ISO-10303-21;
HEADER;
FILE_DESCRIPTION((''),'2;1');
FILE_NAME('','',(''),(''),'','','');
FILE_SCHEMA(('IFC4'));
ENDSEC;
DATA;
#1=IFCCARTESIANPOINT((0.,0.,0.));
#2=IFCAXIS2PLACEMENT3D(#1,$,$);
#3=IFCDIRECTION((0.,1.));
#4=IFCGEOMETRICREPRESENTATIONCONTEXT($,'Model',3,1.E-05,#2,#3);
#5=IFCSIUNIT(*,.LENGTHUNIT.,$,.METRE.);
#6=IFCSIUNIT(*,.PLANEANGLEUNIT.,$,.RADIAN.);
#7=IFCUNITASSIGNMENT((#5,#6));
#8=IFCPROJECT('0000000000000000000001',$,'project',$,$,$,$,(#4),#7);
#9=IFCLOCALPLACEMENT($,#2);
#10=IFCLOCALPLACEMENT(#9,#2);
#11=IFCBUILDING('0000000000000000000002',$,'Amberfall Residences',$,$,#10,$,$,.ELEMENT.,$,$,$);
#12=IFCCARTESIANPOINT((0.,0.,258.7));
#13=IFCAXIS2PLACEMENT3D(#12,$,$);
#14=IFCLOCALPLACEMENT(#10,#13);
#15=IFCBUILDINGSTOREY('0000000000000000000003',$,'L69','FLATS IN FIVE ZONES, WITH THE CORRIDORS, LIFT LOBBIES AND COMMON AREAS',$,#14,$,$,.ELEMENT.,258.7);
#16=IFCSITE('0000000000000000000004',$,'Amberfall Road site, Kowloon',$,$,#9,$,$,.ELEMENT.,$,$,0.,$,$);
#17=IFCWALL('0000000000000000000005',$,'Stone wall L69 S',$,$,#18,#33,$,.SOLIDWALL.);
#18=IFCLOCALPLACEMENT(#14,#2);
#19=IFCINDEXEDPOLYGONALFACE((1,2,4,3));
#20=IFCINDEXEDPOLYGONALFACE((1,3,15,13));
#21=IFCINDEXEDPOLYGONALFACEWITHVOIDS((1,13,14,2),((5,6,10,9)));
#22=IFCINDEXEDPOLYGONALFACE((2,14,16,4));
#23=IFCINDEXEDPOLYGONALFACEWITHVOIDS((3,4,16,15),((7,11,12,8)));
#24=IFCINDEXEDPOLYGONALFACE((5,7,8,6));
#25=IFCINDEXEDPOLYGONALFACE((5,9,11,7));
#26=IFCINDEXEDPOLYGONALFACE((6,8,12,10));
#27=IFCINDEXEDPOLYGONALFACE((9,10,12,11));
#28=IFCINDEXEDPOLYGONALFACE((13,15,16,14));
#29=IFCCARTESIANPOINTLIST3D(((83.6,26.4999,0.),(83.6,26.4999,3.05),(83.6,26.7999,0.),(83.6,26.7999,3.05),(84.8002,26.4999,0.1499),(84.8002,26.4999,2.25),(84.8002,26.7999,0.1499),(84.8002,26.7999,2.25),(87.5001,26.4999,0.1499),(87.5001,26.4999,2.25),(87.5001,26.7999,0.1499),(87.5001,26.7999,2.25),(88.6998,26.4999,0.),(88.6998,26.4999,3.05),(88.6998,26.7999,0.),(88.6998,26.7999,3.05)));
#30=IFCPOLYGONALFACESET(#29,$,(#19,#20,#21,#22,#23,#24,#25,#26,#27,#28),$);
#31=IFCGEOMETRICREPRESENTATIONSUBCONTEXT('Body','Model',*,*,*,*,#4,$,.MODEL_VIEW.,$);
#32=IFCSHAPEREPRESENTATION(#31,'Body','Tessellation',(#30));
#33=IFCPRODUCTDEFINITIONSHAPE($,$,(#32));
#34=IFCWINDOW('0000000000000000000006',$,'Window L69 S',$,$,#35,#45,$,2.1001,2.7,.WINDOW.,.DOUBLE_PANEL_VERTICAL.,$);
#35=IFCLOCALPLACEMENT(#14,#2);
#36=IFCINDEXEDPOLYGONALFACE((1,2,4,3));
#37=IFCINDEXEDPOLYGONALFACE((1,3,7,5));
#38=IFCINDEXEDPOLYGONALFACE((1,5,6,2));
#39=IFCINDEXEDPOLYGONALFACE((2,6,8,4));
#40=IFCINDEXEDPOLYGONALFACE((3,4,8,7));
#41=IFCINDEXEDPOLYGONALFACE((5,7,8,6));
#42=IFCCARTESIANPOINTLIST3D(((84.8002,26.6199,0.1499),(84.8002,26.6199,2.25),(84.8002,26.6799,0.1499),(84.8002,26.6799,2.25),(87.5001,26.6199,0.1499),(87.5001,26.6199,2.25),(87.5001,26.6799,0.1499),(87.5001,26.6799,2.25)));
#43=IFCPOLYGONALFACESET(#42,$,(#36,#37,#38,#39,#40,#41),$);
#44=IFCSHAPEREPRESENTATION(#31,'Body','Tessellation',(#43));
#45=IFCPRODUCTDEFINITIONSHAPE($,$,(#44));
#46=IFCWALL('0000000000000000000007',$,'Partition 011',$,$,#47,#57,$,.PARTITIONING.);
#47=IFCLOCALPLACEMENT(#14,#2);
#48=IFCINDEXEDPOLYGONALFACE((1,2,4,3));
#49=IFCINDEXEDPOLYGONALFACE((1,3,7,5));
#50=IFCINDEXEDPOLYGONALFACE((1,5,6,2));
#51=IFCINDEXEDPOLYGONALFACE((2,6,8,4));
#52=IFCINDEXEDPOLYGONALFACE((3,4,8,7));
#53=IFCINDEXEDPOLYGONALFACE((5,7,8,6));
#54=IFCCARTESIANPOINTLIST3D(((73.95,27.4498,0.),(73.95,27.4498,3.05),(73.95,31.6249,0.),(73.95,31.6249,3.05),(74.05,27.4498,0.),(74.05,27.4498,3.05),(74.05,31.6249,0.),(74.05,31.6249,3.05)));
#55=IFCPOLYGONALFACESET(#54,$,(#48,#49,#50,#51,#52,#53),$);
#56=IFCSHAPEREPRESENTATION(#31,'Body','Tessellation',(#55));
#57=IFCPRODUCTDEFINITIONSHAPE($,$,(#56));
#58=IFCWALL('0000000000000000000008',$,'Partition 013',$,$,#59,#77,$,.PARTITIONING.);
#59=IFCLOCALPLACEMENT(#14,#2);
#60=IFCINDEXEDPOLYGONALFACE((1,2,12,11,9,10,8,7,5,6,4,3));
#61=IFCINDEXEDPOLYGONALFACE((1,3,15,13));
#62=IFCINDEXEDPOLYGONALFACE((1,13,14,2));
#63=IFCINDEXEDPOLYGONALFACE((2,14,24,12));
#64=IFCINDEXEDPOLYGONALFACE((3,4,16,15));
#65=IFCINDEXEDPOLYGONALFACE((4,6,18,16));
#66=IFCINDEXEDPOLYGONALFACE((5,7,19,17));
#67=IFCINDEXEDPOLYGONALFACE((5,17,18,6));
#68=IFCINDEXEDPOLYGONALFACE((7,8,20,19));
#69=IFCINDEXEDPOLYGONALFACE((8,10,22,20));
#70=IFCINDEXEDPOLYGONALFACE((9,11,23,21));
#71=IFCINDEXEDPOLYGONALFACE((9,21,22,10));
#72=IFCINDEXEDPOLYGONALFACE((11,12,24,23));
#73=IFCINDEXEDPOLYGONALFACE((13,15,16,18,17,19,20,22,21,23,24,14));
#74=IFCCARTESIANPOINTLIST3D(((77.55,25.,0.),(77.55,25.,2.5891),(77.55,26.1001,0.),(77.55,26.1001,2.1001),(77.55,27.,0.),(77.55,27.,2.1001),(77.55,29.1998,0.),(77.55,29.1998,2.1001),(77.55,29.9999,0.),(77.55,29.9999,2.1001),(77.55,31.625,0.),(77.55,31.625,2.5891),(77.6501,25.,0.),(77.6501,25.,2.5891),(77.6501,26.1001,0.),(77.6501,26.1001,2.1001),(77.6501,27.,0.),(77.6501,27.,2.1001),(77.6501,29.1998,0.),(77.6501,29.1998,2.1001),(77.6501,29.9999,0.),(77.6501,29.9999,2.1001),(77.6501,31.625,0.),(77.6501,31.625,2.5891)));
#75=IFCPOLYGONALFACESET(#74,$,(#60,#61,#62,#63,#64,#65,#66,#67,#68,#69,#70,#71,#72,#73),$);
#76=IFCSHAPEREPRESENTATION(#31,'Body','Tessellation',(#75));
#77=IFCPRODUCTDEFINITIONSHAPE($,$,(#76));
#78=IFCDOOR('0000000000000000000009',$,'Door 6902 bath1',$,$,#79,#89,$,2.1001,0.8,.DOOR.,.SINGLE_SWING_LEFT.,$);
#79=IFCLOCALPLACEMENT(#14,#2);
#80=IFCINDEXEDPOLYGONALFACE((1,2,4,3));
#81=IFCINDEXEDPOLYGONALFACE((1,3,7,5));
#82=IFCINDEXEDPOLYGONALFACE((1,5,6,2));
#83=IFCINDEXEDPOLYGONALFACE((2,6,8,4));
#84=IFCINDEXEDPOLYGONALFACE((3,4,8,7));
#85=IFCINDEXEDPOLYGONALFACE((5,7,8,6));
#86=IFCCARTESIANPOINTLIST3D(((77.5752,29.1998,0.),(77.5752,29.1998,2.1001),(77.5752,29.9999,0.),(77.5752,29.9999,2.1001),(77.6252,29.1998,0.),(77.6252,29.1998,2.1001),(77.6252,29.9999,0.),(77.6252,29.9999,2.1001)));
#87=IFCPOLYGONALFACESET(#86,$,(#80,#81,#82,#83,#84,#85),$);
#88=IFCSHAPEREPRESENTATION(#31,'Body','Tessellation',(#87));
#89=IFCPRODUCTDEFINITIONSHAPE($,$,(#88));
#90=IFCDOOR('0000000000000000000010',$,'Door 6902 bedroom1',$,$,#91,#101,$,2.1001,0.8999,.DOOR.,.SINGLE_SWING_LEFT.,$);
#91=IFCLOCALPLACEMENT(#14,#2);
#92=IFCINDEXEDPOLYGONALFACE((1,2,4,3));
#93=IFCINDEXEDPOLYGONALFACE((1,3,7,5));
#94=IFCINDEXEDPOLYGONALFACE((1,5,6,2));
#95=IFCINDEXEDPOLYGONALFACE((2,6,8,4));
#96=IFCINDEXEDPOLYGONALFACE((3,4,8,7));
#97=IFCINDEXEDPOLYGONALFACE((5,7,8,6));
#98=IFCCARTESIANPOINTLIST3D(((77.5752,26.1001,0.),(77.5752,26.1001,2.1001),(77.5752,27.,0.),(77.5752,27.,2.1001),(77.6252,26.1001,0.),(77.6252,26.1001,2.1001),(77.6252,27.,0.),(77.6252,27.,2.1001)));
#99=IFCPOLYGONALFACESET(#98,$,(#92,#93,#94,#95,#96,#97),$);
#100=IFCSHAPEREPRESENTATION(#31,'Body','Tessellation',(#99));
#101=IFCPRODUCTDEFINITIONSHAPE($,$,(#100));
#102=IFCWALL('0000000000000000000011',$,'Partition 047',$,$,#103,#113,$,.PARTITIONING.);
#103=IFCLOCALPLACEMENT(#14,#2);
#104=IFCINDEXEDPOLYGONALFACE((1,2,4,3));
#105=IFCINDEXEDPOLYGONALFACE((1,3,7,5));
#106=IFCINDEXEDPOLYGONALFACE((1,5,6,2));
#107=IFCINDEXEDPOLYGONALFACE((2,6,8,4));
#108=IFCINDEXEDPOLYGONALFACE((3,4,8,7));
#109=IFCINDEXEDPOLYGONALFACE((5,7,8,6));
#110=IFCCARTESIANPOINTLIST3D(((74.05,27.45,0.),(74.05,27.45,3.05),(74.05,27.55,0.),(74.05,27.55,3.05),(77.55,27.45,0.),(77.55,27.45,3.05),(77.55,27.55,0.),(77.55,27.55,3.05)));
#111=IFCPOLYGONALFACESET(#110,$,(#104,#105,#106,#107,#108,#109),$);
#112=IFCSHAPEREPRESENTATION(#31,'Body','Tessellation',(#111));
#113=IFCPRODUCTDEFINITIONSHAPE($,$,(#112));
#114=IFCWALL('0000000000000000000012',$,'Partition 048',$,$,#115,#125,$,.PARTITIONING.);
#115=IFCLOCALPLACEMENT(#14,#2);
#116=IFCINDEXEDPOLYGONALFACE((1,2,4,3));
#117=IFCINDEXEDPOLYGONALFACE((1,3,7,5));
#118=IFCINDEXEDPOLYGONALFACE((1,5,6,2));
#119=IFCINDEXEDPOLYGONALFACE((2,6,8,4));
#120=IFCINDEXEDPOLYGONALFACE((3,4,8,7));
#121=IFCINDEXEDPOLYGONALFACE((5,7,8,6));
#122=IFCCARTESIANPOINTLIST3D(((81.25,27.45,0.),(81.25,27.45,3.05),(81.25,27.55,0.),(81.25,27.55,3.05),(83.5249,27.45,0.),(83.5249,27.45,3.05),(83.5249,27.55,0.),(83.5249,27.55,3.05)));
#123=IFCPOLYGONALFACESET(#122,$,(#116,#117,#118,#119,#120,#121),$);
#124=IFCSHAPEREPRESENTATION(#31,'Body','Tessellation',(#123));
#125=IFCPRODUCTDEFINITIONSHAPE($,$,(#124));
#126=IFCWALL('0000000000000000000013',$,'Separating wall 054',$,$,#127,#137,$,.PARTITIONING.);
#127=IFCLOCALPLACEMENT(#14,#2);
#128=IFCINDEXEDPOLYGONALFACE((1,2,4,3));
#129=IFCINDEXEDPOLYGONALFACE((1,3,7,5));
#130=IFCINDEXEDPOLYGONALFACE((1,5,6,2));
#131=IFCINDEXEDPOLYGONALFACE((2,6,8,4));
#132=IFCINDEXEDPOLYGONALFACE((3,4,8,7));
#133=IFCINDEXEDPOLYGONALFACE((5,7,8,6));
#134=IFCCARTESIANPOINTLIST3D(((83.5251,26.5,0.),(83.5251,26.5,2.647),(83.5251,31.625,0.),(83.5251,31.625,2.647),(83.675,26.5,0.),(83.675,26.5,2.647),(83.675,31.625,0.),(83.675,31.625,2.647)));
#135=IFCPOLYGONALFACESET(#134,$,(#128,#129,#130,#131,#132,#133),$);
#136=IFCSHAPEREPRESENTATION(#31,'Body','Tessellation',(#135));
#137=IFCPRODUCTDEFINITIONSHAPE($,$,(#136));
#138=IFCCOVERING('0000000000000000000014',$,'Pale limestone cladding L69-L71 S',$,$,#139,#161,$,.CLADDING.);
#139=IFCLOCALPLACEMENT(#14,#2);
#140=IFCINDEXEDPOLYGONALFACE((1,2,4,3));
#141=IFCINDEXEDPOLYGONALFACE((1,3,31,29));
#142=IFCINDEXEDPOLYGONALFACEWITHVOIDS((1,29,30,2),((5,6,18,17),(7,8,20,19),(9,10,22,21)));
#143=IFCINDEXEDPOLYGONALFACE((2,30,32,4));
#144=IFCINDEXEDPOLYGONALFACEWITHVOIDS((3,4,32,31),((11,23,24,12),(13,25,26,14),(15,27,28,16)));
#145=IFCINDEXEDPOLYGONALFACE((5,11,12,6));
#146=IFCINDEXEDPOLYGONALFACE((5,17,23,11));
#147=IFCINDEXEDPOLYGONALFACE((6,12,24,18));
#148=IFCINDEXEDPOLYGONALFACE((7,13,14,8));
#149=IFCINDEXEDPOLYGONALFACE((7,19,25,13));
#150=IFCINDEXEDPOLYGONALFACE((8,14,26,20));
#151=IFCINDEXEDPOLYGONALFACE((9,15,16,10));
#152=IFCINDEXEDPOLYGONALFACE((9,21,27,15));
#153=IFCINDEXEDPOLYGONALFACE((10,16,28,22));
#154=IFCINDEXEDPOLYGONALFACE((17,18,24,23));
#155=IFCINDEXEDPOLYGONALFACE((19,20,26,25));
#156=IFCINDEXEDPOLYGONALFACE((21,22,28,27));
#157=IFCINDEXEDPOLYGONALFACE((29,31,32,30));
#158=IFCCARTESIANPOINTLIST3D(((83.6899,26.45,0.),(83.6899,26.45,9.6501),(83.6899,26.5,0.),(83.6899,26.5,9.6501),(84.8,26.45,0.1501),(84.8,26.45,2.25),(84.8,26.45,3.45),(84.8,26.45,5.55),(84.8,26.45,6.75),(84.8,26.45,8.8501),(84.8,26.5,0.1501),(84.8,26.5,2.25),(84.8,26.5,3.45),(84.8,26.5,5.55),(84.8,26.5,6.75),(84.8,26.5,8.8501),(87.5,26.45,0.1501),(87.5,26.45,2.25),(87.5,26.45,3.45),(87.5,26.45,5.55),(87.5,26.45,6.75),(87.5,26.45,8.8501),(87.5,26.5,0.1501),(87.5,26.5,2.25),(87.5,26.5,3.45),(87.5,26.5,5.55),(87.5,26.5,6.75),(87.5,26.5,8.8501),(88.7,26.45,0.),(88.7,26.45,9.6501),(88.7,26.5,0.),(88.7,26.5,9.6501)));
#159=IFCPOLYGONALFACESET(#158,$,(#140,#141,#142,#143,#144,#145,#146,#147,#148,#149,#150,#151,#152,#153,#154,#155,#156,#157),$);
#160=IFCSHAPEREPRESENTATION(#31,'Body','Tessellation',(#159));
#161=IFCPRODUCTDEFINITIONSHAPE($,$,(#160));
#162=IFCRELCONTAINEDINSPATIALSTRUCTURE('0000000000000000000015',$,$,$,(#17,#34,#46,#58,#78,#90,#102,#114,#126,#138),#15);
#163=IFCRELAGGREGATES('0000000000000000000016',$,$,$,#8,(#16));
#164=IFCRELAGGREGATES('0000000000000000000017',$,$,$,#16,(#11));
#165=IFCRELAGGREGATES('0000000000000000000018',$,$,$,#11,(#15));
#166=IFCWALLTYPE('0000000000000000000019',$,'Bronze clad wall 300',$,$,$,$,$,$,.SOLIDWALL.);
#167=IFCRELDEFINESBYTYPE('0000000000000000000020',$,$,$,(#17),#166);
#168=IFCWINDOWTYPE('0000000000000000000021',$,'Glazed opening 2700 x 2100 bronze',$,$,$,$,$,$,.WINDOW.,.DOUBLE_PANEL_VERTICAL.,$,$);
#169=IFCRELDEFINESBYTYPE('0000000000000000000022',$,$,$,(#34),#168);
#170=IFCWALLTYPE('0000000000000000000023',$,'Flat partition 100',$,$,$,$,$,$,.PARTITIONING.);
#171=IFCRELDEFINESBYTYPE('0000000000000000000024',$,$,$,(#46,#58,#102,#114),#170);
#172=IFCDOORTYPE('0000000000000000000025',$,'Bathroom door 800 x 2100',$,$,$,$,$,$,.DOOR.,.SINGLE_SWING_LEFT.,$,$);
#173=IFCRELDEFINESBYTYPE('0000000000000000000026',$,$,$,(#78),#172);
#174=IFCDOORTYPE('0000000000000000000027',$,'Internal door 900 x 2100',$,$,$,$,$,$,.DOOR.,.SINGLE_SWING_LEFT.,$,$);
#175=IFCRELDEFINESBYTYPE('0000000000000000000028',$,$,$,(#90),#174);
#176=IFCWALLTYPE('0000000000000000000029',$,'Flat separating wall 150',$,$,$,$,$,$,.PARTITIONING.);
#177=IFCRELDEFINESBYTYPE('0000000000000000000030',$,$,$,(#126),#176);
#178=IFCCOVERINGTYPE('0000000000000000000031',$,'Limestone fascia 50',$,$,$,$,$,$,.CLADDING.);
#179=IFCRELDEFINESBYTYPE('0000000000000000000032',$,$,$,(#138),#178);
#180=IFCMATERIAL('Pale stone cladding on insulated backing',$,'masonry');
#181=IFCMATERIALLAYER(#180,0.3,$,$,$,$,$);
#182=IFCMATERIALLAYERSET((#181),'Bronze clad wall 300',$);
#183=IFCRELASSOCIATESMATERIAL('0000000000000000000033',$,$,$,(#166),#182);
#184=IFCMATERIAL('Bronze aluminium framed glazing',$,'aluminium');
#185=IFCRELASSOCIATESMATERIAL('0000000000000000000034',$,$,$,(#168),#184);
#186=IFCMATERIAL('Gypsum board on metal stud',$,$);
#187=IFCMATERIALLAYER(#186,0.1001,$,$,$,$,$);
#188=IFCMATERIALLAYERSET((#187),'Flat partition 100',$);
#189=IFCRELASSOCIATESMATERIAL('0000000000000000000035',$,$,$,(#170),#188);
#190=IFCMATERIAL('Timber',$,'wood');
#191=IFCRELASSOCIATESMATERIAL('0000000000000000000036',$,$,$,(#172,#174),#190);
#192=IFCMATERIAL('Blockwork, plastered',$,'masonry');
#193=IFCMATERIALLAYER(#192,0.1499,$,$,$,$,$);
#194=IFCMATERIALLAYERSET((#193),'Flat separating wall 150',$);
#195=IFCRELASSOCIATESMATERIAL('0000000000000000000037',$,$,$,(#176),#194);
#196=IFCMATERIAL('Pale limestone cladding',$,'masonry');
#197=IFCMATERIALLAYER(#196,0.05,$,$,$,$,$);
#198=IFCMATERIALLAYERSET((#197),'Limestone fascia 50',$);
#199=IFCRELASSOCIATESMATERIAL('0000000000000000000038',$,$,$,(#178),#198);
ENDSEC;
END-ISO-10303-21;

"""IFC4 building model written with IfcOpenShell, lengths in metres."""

from ifc_helpers import new_model, si_unit, direction, frame, frame_2d, origin, place, context, subcontext, project, spatial, polyline, rectangle, outline, extrude, material, layer, layer_set, type_object, element, fill, save


model = new_model("IFC4")

# Units and contexts
model_context = context("Model", 3, precision=1e-05, world=origin(), true_north=direction((0.0, 1.0)))
body_context = subcontext(model_context, "Body", "Model", "MODEL_VIEW")
ifc_project = project(units=[si_unit("LENGTHUNIT", "METRE"), si_unit("PLANEANGLEUNIT", "RADIAN")], contexts=[model_context])

# Site, building, storey
site_placement = place(None, origin())
site = spatial("IfcSite", under=ifc_project, at=site_placement, Name="Amberfall Road site, Kowloon", CompositionType="ELEMENT", RefElevation=0.0)
building_placement = place(site_placement, origin())
building = spatial("IfcBuilding", under=site, at=building_placement, Name="Amberfall Residences", CompositionType="ELEMENT")
storey_placement = place(building_placement, frame((0.0, 0.0, 258.7)))
storey = spatial("IfcBuildingStorey", under=building, at=storey_placement, Name="L69", Description="FLATS IN FIVE ZONES, WITH THE CORRIDORS, LIFT LOBBIES AND COMMON AREAS", CompositionType="ELEMENT", Elevation=258.7)

# Shared definitions
ifc_material_1 = material(Name="Pale stone cladding on insulated backing", Category="masonry")
ifc_layer_1 = layer(ifc_material_1, 0.3)
ifc_layer_set_1 = layer_set([ifc_layer_1], Name="Bronze clad wall 300")
wall_type_1 = type_object("IfcWallType", Name="Bronze clad wall 300", PredefinedType="SOLIDWALL", material=ifc_layer_set_1)

# Wall, opening, window
wall_1_placement = place(storey_placement, frame((83.6001, 26.6499, 0.0), z_axis=(0.0, 0.0, 1.0), x_axis=(1.0, 0.0, 0.0)))
wall_1 = element("IfcWall", 1, at=wall_1_placement, inside=storey, type_object=wall_type_1, Name="Stone wall L69 S", PredefinedType="SOLIDWALL", context=body_context, shape_type="SweptSolid", body=[
    extrude(rectangle(XDim=5.0999, YDim=0.3, at=frame_2d((2.5498, 0.0))), origin(), (0.0, 0.0, 1.0), 3.05),
])
opening_1_placement = place(wall_1_placement, frame((1.2, 0.0, 0.1499)))
opening_1 = element("IfcOpeningElement", 2, at=opening_1_placement, cuts=wall_1, PredefinedType="OPENING", context=body_context, shape_type="SweptSolid", body=[
    extrude(rectangle(XDim=2.7, YDim=2.1001, at=frame_2d((1.3501, 1.05))), frame((0.0, 0.1599, 0.0), z_axis=(0.0, -1.0, 0.0), x_axis=(1.0, 0.0, 0.0)), (0.0, 0.0, 1.0), 0.3201),
])
ifc_material_2 = material(Name="Bronze aluminium framed glazing", Category="aluminium")
window_type = type_object("IfcWindowType", Name="Glazed opening 2700 x 2100 bronze", PartitioningType="DOUBLE_PANEL_VERTICAL", PredefinedType="WINDOW", material=ifc_material_2)
window_placement = place(opening_1_placement, origin())
window = element("IfcWindow", 3, at=window_placement, inside=storey, type_object=window_type, Name="Window L69 S", OverallHeight=2.1001, OverallWidth=2.7, PartitioningType="DOUBLE_PANEL_VERTICAL", PredefinedType="WINDOW", context=body_context, shape_type="SweptSolid", body=[
    extrude(rectangle(XDim=2.7, YDim=2.1001, at=frame_2d((1.3501, 1.05))), frame((0.0, 0.03, 0.0), z_axis=(0.0, -1.0, 0.0), x_axis=(1.0, 0.0, 0.0)), (0.0, 0.0, 1.0), 0.0601),
])
fill(opening_1, window)

# Wall
ifc_material_3 = material(Name="Gypsum board on metal stud")
ifc_layer_2 = layer(ifc_material_3, 0.1001)
ifc_layer_set_2 = layer_set([ifc_layer_2], Name="Flat partition 100")
wall_type_2 = type_object("IfcWallType", Name="Flat partition 100", PredefinedType="PARTITIONING", material=ifc_layer_set_2)
wall_2_placement = place(storey_placement, frame((74.0, 27.45, 0.0), z_axis=(0.0, 0.0, 1.0), x_axis=(0.0, 1.0, 0.0)))
element("IfcWall", 4, at=wall_2_placement, inside=storey, type_object=wall_type_2, Name="Partition 011", PredefinedType="PARTITIONING", context=body_context, shape_type="SweptSolid", body=[
    extrude(rectangle(XDim=4.175, YDim=0.1001, at=frame_2d((2.0874, 0.0))), origin(), (0.0, 0.0, 1.0), 3.05),
])

# Wall, openings, doors
wall_3_placement = place(storey_placement, frame((77.6001, 25.0, 0.0), z_axis=(0.0, 0.0, 1.0), x_axis=(0.0, 1.0, 0.0)))
wall_3 = element("IfcWall", 5, at=wall_3_placement, inside=storey, type_object=wall_type_2, Name="Partition 013", PredefinedType="PARTITIONING", context=body_context, shape_type="SweptSolid", body=[
    extrude(rectangle(XDim=6.625, YDim=0.1001, at=frame_2d((3.3125, 0.0))), origin(), (0.0, 0.0, 1.0), 2.5891),
])
opening_2_placement = place(wall_3_placement, frame((1.1001, 0.0, 0.0)))
opening_2 = element("IfcOpeningElement", 6, at=opening_2_placement, cuts=wall_3, PredefinedType="OPENING", context=body_context, shape_type="SweptSolid", body=[
    extrude(rectangle(XDim=0.8999, YDim=2.1001, at=frame_2d((0.45, 1.05))), frame((0.0, 0.0601, 0.0), z_axis=(0.0, -1.0, 0.0), x_axis=(1.0, 0.0, 0.0)), (0.0, 0.0, 1.0), 0.1201),
])
opening_3_placement = place(wall_3_placement, frame((4.2, 0.0, 0.0)))
opening_3 = element("IfcOpeningElement", 7, at=opening_3_placement, cuts=wall_3, PredefinedType="OPENING", context=body_context, shape_type="SweptSolid", body=[
    extrude(rectangle(XDim=0.8, YDim=2.1001, at=frame_2d((0.3999, 1.05))), frame((0.0, 0.0601, 0.0), z_axis=(0.0, -1.0, 0.0), x_axis=(1.0, 0.0, 0.0)), (0.0, 0.0, 1.0), 0.1201),
])
ifc_material_4 = material(Name="Timber", Category="wood")
door_type_1 = type_object("IfcDoorType", Name="Bathroom door 800 x 2100", OperationType="SINGLE_SWING_LEFT", PredefinedType="DOOR", material=ifc_material_4)
door_1_placement = place(opening_3_placement, origin())
door_1 = element("IfcDoor", 8, at=door_1_placement, inside=storey, type_object=door_type_1, Name="Door 6902 bath1", OperationType="SINGLE_SWING_LEFT", OverallHeight=2.1001, OverallWidth=0.8, PredefinedType="DOOR", context=body_context, shape_type="SweptSolid", body=[
    extrude(rectangle(XDim=0.8, YDim=2.1001, at=frame_2d((0.3999, 1.05))), frame((0.0, 0.0249, 0.0), z_axis=(0.0, -1.0, 0.0), x_axis=(1.0, 0.0, 0.0)), (0.0, 0.0, 1.0), 0.05),
])
fill(opening_3, door_1)
door_type_2 = type_object("IfcDoorType", Name="Internal door 900 x 2100", OperationType="SINGLE_SWING_LEFT", PredefinedType="DOOR", material=ifc_material_4)
door_2_placement = place(opening_2_placement, origin())
door_2 = element("IfcDoor", 9, at=door_2_placement, inside=storey, type_object=door_type_2, Name="Door 6902 bedroom1", OperationType="SINGLE_SWING_LEFT", OverallHeight=2.1001, OverallWidth=0.8999, PredefinedType="DOOR", context=body_context, shape_type="SweptSolid", body=[
    extrude(rectangle(XDim=0.8999, YDim=2.1001, at=frame_2d((0.45, 1.05))), frame((0.0, 0.0249, 0.0), z_axis=(0.0, -1.0, 0.0), x_axis=(1.0, 0.0, 0.0)), (0.0, 0.0, 1.0), 0.05),
])
fill(opening_2, door_2)

# Walls
wall_4_placement = place(storey_placement, frame((74.05, 27.5, 0.0), z_axis=(0.0, 0.0, 1.0), x_axis=(1.0, 0.0, 0.0)))
element("IfcWall", 10, at=wall_4_placement, inside=storey, type_object=wall_type_2, Name="Partition 047", PredefinedType="PARTITIONING", context=body_context, shape_type="SweptSolid", body=[
    extrude(rectangle(XDim=3.5, YDim=0.1001, at=frame_2d((1.75, 0.0))), origin(), (0.0, 0.0, 1.0), 3.05),
])
wall_5_placement = place(storey_placement, frame((81.25, 27.5, 0.0), z_axis=(0.0, 0.0, 1.0), x_axis=(1.0, 0.0, 0.0)))
element("IfcWall", 11, at=wall_5_placement, inside=storey, type_object=wall_type_2, Name="Partition 048", PredefinedType="PARTITIONING", context=body_context, shape_type="SweptSolid", body=[
    extrude(rectangle(XDim=2.2749, YDim=0.1001, at=frame_2d((1.1375, 0.0))), origin(), (0.0, 0.0, 1.0), 3.05),
])
ifc_material_5 = material(Name="Blockwork, plastered", Category="masonry")
ifc_layer_3 = layer(ifc_material_5, 0.1499)
ifc_layer_set_3 = layer_set([ifc_layer_3], Name="Flat separating wall 150")
wall_type_3 = type_object("IfcWallType", Name="Flat separating wall 150", PredefinedType="PARTITIONING", material=ifc_layer_set_3)
wall_6_placement = place(storey_placement, frame((83.6001, 26.5, 0.0), z_axis=(0.0, 0.0, 1.0), x_axis=(0.0, 1.0, 0.0)))
element("IfcWall", 12, at=wall_6_placement, inside=storey, type_object=wall_type_3, Name="Separating wall 054", PredefinedType="PARTITIONING", context=body_context, shape_type="SweptSolid", body=[
    extrude(rectangle(XDim=5.125, YDim=0.1499, at=frame_2d((2.5625, 0.0))), origin(), (0.0, 0.0, 1.0), 2.647),
])

# Covering
ifc_material_6 = material(Name="Pale limestone cladding", Category="masonry")
ifc_layer_4 = layer(ifc_material_6, 0.05)
ifc_layer_set_4 = layer_set([ifc_layer_4], Name="Limestone fascia 50")
covering_type = type_object("IfcCoveringType", Name="Limestone fascia 50", PredefinedType="CLADDING", material=ifc_layer_set_4)
covering_placement = place(storey_placement, frame((83.6899, 26.5, 9.6501), z_axis=(0.0, 1.0, 0.0), x_axis=(1.0, 0.0, 0.0)))
element("IfcCovering", 13, at=covering_placement, inside=storey, type_object=covering_type, Name="Pale limestone cladding L69-L71 S", PredefinedType="CLADDING", context=body_context, shape_type="SweptSolid", body=[
    extrude(outline(polyline([(0.0, 0.0), (5.01, 0.0), (5.01, 9.6501), (0.0, 9.6501), (0.0, 0.0)]), holes=[polyline([(1.1101, 7.4001), (3.8101, 7.4001), (3.8101, 9.5), (1.1101, 9.5), (1.1101, 7.4001)]), polyline([(1.1101, 4.1001), (3.8101, 4.1001), (3.8101, 6.2002), (1.1101, 6.2002), (1.1101, 4.1001)]), polyline([(1.1101, 0.8), (3.8101, 0.8), (3.8101, 2.9001), (1.1101, 2.9001), (1.1101, 0.8)])]), origin(), (0.0, 0.0, -1.0), 0.05),
])

save(model, "model.ifc")
